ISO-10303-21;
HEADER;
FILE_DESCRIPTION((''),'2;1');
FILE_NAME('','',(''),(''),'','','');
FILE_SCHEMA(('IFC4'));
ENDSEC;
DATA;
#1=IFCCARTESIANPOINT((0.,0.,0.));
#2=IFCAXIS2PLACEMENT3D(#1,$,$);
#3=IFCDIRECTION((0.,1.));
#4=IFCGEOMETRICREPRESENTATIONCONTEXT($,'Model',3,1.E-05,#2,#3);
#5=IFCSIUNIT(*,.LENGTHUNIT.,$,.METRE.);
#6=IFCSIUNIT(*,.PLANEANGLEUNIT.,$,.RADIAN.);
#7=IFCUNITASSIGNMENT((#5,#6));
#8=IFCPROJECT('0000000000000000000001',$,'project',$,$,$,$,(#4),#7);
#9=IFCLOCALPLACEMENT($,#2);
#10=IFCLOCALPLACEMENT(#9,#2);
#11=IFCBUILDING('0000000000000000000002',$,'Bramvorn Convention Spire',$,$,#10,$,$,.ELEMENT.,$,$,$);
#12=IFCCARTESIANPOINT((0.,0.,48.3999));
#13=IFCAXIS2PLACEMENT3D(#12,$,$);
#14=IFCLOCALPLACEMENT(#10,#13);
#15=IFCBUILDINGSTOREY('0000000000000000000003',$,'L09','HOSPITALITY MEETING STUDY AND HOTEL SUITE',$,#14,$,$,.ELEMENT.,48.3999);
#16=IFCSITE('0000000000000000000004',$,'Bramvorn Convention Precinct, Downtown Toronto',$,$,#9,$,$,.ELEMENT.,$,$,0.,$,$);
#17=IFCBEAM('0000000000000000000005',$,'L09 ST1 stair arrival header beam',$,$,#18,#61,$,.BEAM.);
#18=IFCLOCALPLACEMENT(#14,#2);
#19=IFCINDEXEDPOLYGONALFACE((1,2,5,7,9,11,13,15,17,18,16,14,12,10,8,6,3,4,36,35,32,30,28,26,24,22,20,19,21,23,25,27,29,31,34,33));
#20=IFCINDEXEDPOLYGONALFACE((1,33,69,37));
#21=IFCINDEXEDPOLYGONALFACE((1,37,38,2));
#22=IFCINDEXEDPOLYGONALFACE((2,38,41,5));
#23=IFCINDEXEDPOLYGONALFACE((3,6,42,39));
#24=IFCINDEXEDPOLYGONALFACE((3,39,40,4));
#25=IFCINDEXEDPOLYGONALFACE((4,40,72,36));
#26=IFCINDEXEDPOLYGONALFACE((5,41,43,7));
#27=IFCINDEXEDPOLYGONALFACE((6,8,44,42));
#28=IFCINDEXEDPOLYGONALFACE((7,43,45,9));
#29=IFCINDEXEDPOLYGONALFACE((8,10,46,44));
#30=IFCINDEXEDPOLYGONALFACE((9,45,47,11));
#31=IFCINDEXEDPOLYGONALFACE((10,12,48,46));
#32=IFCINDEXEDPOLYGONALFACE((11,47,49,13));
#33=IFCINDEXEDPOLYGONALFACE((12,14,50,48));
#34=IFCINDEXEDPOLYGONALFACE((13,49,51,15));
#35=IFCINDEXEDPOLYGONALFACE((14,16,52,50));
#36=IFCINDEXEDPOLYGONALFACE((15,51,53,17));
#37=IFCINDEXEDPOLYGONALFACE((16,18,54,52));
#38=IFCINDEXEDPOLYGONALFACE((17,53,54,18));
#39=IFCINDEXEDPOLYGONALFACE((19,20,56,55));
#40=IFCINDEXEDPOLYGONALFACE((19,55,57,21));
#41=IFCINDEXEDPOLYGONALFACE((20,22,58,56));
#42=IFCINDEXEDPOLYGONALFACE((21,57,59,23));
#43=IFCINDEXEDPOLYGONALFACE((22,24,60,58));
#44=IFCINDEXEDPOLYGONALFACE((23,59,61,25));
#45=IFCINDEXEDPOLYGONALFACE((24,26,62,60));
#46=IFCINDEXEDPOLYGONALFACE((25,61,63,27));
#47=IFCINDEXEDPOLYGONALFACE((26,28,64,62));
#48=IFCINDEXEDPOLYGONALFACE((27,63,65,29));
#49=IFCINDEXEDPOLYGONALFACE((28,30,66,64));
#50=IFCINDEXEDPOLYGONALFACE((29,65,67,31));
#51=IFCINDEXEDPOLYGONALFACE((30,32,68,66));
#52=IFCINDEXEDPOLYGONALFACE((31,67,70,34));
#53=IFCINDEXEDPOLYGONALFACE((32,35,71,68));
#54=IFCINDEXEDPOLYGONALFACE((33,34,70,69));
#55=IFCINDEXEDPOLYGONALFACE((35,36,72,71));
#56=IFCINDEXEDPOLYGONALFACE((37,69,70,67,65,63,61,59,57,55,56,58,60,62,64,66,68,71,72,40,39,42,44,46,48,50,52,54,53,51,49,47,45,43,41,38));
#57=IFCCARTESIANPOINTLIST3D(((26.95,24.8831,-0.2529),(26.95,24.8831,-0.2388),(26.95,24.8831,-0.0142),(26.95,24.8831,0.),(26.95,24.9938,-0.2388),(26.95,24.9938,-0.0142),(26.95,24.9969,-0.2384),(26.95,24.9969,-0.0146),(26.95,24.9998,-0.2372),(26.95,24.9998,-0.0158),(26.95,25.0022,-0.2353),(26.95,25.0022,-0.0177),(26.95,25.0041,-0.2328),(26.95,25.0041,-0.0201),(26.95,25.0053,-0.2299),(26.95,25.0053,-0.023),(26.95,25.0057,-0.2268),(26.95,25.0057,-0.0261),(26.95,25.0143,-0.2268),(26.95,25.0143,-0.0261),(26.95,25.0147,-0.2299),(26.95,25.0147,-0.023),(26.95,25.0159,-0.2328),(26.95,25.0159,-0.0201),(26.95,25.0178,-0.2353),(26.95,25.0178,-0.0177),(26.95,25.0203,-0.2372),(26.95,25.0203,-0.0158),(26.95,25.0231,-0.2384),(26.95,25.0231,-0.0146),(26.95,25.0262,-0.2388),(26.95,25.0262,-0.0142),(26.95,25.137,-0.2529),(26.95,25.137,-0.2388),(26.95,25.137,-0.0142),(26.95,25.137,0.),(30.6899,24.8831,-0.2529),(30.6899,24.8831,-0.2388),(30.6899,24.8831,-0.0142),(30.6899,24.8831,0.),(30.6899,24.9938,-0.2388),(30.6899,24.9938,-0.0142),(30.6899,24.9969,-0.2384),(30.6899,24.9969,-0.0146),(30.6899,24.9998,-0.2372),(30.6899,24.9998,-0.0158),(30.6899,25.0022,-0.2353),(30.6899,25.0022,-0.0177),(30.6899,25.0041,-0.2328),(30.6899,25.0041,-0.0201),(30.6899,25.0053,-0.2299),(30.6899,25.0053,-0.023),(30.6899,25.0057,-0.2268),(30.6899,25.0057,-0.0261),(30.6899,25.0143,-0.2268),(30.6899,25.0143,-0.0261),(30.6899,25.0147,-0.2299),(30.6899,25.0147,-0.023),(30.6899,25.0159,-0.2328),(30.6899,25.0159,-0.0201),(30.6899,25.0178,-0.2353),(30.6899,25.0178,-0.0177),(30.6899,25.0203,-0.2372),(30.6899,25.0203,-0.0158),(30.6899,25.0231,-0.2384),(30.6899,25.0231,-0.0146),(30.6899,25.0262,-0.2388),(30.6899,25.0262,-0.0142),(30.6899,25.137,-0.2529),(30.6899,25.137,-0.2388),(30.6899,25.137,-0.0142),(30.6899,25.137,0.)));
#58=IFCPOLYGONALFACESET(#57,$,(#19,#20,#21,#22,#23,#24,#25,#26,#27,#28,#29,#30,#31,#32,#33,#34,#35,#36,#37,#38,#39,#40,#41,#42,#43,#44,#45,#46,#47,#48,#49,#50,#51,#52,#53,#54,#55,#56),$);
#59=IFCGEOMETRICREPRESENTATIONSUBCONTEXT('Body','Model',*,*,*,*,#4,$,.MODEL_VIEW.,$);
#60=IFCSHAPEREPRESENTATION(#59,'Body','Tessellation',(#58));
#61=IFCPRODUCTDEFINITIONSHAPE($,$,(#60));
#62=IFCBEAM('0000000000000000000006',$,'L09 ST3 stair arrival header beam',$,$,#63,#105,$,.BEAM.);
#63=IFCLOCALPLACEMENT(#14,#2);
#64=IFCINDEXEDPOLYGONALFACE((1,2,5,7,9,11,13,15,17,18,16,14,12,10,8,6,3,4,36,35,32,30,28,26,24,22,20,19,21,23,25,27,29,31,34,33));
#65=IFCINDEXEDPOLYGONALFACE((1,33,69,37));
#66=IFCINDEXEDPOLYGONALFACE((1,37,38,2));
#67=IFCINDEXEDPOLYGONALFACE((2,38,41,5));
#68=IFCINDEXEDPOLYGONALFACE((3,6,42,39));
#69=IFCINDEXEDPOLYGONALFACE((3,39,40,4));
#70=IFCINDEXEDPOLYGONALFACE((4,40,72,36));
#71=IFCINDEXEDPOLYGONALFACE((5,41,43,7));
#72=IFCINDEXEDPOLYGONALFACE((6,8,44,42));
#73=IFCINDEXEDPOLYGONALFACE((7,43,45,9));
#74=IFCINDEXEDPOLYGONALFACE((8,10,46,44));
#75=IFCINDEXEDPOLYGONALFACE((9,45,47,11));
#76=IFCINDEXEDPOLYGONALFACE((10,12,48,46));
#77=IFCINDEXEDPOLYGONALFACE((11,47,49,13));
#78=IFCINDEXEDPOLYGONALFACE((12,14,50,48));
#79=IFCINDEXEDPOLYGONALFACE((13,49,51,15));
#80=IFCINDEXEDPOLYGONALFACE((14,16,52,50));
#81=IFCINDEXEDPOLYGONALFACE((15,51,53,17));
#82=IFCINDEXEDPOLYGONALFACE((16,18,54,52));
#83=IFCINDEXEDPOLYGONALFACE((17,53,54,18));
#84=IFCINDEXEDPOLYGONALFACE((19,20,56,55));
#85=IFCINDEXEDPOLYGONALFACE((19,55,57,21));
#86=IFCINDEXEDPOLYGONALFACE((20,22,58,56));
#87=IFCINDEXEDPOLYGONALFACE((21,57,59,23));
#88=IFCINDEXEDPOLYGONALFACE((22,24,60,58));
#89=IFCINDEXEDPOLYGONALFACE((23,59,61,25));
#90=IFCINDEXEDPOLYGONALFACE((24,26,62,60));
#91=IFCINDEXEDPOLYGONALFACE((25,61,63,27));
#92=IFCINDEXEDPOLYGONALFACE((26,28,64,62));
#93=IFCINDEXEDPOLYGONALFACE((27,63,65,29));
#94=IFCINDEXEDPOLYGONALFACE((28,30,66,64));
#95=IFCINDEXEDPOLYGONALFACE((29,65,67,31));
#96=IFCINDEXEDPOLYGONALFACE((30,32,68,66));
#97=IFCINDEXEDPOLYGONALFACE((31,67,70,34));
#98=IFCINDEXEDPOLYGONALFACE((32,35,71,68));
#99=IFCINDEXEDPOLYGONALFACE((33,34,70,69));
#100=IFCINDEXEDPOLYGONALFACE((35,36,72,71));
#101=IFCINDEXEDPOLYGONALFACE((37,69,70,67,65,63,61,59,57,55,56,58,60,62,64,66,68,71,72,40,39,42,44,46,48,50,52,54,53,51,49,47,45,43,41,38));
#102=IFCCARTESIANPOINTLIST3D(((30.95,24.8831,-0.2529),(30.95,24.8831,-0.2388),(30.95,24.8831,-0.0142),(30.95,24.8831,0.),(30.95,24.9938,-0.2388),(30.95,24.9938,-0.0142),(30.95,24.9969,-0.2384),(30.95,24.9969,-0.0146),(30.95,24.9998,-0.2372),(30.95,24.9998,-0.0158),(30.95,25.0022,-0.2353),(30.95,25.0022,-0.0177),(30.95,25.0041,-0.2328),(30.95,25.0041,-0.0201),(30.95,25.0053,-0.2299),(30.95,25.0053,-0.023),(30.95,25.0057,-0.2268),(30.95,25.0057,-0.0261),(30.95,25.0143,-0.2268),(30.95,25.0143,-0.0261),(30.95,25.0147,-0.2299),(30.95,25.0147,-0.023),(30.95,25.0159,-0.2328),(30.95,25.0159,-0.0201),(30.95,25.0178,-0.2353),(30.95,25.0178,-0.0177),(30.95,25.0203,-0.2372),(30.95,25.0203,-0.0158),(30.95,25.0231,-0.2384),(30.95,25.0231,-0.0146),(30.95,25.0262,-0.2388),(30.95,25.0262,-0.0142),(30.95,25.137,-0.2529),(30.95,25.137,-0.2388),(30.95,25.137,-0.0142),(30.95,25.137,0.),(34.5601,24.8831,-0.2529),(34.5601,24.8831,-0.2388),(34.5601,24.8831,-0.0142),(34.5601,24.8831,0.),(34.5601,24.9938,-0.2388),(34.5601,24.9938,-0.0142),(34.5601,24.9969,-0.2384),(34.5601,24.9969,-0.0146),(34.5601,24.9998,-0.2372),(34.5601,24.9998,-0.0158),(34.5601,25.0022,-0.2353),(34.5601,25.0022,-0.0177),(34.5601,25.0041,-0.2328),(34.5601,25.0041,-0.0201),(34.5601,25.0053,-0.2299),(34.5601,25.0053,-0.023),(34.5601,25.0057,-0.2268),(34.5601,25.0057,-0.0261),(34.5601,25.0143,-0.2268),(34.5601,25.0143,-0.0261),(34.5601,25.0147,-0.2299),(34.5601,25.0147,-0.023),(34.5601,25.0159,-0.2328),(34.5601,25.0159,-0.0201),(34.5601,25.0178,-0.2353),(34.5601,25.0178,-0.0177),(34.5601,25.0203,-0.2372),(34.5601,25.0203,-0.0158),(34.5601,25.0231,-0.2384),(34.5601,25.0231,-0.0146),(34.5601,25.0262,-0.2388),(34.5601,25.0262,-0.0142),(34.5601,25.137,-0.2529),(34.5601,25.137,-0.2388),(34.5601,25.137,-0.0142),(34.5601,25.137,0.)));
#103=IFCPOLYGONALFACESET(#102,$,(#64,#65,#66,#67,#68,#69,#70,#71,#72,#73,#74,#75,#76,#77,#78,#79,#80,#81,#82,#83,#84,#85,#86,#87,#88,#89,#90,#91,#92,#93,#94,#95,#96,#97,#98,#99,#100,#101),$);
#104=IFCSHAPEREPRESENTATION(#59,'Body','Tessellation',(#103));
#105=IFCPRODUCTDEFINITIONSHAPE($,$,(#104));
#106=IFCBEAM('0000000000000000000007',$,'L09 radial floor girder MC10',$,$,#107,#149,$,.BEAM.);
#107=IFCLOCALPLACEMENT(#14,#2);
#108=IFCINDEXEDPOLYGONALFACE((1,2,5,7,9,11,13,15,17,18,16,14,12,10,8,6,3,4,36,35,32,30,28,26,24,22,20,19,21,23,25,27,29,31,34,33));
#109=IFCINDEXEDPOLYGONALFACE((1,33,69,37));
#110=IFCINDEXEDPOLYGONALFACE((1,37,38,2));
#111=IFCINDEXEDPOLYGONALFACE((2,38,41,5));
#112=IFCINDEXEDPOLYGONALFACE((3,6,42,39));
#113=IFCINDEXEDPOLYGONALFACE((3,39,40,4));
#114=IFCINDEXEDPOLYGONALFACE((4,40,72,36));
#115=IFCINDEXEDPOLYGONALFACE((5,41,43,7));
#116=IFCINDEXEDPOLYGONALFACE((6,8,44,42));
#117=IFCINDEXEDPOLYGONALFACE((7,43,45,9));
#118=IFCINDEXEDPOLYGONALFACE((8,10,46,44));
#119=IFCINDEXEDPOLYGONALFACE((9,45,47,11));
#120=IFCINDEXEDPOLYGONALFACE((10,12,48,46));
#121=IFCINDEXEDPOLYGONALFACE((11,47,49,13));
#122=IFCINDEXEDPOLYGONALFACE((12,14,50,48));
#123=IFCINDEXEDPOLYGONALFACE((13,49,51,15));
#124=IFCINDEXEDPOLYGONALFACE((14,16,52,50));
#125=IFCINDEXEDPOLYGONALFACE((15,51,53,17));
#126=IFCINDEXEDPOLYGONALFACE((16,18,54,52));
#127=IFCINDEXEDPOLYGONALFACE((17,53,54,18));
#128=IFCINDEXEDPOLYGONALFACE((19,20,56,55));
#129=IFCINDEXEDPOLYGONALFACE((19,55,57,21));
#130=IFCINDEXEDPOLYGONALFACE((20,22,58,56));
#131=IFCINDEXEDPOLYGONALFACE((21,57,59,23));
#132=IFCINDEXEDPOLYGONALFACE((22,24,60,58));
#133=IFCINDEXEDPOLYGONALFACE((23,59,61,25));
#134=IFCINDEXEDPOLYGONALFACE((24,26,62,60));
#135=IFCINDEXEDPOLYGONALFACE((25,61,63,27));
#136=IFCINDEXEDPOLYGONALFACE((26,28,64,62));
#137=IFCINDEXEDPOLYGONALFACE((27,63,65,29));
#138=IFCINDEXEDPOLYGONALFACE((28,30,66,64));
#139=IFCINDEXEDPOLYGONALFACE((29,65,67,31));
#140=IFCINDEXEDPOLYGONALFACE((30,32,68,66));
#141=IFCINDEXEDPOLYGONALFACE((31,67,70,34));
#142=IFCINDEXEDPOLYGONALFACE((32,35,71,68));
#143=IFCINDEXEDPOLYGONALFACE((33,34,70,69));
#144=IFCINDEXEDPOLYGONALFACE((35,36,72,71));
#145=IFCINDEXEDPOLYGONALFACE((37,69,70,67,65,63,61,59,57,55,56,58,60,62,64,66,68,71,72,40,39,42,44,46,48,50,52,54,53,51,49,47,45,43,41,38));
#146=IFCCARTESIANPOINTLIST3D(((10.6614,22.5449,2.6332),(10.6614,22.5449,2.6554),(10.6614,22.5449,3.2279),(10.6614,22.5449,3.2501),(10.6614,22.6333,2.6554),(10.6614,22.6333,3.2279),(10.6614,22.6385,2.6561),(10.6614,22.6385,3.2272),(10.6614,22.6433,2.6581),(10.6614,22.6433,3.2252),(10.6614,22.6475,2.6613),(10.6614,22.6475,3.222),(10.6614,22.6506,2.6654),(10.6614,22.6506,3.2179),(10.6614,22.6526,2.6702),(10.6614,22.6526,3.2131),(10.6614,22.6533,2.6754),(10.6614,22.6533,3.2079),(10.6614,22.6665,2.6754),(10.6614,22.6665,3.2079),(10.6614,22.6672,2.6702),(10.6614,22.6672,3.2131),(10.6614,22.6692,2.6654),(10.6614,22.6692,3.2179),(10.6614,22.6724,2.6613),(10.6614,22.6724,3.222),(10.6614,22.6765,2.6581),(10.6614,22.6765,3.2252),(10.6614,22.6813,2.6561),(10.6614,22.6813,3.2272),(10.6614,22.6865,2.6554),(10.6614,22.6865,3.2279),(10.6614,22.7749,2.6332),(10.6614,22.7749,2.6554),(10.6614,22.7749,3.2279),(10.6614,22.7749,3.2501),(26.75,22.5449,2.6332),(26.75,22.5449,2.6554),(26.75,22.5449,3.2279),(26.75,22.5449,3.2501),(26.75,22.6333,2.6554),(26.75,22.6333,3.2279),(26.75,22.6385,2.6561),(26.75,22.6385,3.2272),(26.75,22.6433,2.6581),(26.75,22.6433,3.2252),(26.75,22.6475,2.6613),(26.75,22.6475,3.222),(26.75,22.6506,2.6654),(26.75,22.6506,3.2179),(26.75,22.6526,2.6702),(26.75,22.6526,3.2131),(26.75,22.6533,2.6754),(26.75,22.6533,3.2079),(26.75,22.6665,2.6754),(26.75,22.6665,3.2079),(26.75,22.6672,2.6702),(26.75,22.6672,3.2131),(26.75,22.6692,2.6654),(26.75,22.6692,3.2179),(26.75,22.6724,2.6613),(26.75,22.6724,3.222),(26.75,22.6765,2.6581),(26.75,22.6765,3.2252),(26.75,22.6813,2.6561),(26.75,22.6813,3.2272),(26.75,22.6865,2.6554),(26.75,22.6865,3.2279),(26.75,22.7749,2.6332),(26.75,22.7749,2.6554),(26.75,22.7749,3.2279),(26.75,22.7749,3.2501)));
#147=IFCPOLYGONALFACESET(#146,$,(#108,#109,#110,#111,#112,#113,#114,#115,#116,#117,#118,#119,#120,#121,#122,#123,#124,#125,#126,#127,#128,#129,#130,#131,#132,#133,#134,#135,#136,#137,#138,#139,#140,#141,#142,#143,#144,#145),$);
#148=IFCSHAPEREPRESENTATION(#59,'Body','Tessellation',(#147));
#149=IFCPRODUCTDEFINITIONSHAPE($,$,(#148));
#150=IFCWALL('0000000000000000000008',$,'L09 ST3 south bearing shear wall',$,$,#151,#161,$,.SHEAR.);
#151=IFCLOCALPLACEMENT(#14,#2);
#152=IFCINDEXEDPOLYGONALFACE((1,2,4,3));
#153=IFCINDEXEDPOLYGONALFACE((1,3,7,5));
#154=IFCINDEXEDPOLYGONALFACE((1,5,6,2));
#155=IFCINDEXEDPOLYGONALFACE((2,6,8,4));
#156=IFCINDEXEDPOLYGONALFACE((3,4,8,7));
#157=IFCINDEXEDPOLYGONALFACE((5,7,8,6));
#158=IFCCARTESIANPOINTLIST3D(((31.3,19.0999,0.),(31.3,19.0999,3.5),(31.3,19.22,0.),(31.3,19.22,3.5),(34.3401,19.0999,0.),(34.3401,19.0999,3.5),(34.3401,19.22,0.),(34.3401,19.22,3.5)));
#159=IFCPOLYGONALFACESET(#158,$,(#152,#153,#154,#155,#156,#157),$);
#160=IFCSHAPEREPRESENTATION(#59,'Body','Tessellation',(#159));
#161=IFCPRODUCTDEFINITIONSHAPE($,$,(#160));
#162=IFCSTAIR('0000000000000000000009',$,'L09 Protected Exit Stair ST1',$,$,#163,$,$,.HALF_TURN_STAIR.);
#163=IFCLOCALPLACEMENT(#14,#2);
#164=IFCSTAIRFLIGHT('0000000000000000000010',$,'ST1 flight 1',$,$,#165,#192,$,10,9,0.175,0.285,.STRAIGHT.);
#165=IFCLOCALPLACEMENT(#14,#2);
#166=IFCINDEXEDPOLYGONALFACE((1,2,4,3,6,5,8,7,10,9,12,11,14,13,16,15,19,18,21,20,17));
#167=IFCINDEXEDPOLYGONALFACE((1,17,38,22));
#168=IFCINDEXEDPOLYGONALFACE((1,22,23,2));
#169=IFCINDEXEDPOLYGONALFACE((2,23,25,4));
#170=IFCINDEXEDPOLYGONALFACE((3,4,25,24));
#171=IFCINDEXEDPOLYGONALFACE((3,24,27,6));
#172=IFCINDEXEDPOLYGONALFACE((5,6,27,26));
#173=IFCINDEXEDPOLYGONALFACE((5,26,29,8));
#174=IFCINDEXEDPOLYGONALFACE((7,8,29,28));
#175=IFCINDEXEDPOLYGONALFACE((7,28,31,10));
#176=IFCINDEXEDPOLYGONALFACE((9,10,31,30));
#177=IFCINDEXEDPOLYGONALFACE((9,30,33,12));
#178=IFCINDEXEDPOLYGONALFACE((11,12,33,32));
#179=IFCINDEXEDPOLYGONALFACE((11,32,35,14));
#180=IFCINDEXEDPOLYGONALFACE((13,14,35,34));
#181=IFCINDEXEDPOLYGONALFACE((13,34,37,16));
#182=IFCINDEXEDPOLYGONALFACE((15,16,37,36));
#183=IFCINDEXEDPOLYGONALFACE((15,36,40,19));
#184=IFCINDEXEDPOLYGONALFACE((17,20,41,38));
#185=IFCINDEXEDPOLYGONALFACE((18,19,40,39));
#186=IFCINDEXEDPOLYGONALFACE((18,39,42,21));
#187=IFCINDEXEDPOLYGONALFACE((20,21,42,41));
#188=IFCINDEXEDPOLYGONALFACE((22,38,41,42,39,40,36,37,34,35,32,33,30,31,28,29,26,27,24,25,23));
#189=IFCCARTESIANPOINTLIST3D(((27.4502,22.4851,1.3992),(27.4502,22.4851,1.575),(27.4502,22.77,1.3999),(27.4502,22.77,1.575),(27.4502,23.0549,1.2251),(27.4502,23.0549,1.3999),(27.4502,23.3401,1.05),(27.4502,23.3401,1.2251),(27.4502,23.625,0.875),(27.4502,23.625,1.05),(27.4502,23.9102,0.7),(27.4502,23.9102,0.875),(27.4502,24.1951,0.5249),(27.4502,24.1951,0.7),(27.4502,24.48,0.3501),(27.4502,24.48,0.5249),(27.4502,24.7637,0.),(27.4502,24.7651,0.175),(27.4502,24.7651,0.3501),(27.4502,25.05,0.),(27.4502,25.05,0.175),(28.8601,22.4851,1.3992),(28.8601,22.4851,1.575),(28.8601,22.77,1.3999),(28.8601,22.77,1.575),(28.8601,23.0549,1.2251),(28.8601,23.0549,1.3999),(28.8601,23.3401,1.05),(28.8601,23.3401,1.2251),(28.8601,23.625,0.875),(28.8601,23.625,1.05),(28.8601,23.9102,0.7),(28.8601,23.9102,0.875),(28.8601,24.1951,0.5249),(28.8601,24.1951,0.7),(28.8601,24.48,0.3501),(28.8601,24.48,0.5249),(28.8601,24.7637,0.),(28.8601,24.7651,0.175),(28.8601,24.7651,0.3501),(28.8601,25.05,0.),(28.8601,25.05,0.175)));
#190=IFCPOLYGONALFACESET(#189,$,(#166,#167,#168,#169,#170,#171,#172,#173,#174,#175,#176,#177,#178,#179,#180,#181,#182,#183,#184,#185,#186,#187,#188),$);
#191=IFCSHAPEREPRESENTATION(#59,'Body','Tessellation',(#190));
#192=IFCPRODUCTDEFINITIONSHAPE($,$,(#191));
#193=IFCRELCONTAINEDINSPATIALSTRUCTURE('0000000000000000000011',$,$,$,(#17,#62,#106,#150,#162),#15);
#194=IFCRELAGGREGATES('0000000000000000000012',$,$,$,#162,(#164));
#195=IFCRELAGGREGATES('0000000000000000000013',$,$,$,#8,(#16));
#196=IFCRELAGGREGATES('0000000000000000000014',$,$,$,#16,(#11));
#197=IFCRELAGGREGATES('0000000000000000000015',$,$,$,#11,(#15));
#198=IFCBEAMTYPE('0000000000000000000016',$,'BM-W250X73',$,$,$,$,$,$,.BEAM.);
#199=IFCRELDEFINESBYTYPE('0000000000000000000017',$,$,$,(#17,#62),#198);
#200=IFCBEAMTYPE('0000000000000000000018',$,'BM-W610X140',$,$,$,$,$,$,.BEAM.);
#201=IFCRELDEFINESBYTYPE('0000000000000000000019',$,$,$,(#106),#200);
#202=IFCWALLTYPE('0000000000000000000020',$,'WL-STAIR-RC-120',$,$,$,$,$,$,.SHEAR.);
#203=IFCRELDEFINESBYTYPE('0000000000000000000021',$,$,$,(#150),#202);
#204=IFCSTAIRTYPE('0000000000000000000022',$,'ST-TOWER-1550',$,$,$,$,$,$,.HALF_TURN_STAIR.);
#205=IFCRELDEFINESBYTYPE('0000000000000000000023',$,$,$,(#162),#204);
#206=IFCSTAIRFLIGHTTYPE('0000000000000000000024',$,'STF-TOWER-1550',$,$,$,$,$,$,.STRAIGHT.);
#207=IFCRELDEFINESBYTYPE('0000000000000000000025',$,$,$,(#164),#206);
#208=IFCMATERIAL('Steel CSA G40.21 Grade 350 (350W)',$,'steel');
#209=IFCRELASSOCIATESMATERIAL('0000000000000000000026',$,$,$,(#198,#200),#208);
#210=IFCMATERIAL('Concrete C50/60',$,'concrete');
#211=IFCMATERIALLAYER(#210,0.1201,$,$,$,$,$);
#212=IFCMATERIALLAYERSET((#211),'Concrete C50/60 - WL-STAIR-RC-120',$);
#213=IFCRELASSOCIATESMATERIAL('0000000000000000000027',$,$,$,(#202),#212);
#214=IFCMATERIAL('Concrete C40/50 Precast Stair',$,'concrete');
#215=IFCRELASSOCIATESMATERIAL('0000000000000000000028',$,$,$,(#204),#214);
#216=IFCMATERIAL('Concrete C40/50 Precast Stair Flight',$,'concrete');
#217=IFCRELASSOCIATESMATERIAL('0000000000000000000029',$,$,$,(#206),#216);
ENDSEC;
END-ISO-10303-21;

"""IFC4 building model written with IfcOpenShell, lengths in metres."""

from ifc_helpers import new_model, si_unit, direction, frame, frame_2d, origin, origin_2d, place, context, subcontext, project, spatial, polyline, rectangle, i_section, outline, extrude, material, layer, layer_set, material_profile, profile_set, type_object, element, aggregate, save


model = new_model("IFC4")

# Units and contexts
model_context = context("Model", 3, precision=1e-05, world=origin(), true_north=direction((0.0, 1.0)))
body_context = subcontext(model_context, "Body", "Model", "MODEL_VIEW")
ifc_project = project(units=[si_unit("LENGTHUNIT", "METRE"), si_unit("PLANEANGLEUNIT", "RADIAN")], contexts=[model_context])

# Site, building, storey
site_placement = place(None, origin())
site = spatial("IfcSite", under=ifc_project, at=site_placement, Name="Bramvorn Convention Precinct, Downtown Toronto", CompositionType="ELEMENT", RefElevation=0.0)
building_placement = place(site_placement, origin())
building = spatial("IfcBuilding", under=site, at=building_placement, Name="Bramvorn Convention Spire", CompositionType="ELEMENT")
storey_placement = place(building_placement, frame((0.0, 0.0, 48.3999)))
storey = spatial("IfcBuildingStorey", under=building, at=storey_placement, Name="L09", Description="HOSPITALITY MEETING STUDY AND HOTEL SUITE", CompositionType="ELEMENT", Elevation=48.3999)

# Beams
ifc_material_1 = material(Name="Steel CSA G40.21 Grade 350 (350W)", Category="steel")
ifc_material_profile_1 = material_profile(ifc_material_1, i_section(OverallWidth=0.2539, OverallDepth=0.2529, WebThickness=0.0085, FlangeThickness=0.0142, FilletRadius=0.012, at=origin_2d()))
ifc_profile_set_1 = profile_set([ifc_material_profile_1], Name="Steel CSA G40.21 Grade 350 (350W) - W250X73")
beam_type_1 = type_object("IfcBeamType", Name="BM-W250X73", PredefinedType="BEAM", material=ifc_profile_set_1)
beam_1_placement = place(storey_placement, frame((26.95, 25.01, -0.1265), z_axis=(1.0, 0.0, 0.0), x_axis=(0.0, 1.0, 0.0)))
element("IfcBeam", 1, at=beam_1_placement, inside=storey, type_object=beam_type_1, Name="L09 ST1 stair arrival header beam", PredefinedType="BEAM", context=body_context, shape_type="SweptSolid", body=[
    extrude(i_section(OverallWidth=0.2539, OverallDepth=0.2529, WebThickness=0.0085, FlangeThickness=0.0142, FilletRadius=0.012, at=origin_2d()), origin(), (0.0, 0.0, 1.0), 3.74),
])
beam_2_placement = place(storey_placement, frame((30.95, 25.01, -0.1265), z_axis=(1.0, 0.0, 0.0), x_axis=(0.0, 1.0, 0.0)))
element("IfcBeam", 2, at=beam_2_placement, inside=storey, type_object=beam_type_1, Name="L09 ST3 stair arrival header beam", PredefinedType="BEAM", context=body_context, shape_type="SweptSolid", body=[
    extrude(i_section(OverallWidth=0.2539, OverallDepth=0.2529, WebThickness=0.0085, FlangeThickness=0.0142, FilletRadius=0.012, at=origin_2d()), origin(), (0.0, 0.0, 1.0), 3.6101),
])
ifc_material_profile_2 = material_profile(ifc_material_1, i_section(OverallWidth=0.23, OverallDepth=0.6169, WebThickness=0.0132, FlangeThickness=0.0222, FilletRadius=0.02, at=origin_2d()))
ifc_profile_set_2 = profile_set([ifc_material_profile_2], Name="Steel CSA G40.21 Grade 350 (350W) - W610X140")
beam_type_2 = type_object("IfcBeamType", Name="BM-W610X140", PredefinedType="BEAM", material=ifc_profile_set_2)
beam_3_placement = place(storey_placement, frame((26.75, 22.6599, 2.9417), z_axis=(-1.0, 0.0, 0.0), x_axis=(0.0, -1.0, 0.0)))
element("IfcBeam", 3, at=beam_3_placement, inside=storey, type_object=beam_type_2, Name="L09 radial floor girder MC10", PredefinedType="BEAM", context=body_context, shape_type="SweptSolid", body=[
    extrude(i_section(OverallWidth=0.23, OverallDepth=0.6169, WebThickness=0.0132, FlangeThickness=0.0222, FilletRadius=0.02, at=origin_2d()), origin(), (0.0, 0.0, 1.0), 16.0886),
])

# Wall
ifc_material_2 = material(Name="Concrete C50/60", Category="concrete")
ifc_layer_1 = layer(ifc_material_2, 0.1201)
ifc_layer_set_1 = layer_set([ifc_layer_1], Name="Concrete C50/60 - WL-STAIR-RC-120")
wall_type_1 = type_object("IfcWallType", Name="WL-STAIR-RC-120", PredefinedType="SHEAR", material=ifc_layer_set_1)
wall_1_placement = place(storey_placement, frame((31.3, 19.1599, 0.0), z_axis=(0.0, 0.0, 1.0), x_axis=(1.0, 0.0, 0.0)))
element("IfcWall", 4, at=wall_1_placement, inside=storey, type_object=wall_type_1, Name="L09 ST3 south bearing shear wall", PredefinedType="SHEAR", context=body_context, shape_type="SweptSolid", body=[
    extrude(rectangle(XDim=3.04, YDim=0.1201, at=frame_2d((1.52, 0.0))), origin(), (0.0, 0.0, 1.0), 3.5),
])

# Stair, stair flight
ifc_material_3 = material(Name="Concrete C40/50 Precast Stair", Category="concrete")
stair_type = type_object("IfcStairType", Name="ST-TOWER-1550", PredefinedType="HALF_TURN_STAIR", material=ifc_material_3)
stair_1_placement = place(storey_placement, origin())
stair_1 = element("IfcStair", 5, at=stair_1_placement, inside=storey, type_object=stair_type, Name="L09 Protected Exit Stair ST1", PredefinedType="HALF_TURN_STAIR")
ifc_material_4 = material(Name="Concrete C40/50 Precast Stair Flight", Category="concrete")
stair_flight_type = type_object("IfcStairFlightType", Name="STF-TOWER-1550", PredefinedType="STRAIGHT", material=ifc_material_4)
stair_flight_1_placement = place(storey_placement, frame((28.155, 25.05, 0.0), z_axis=(0.0, 0.0, 1.0), x_axis=(0.0, -1.0, 0.0)))
stair_flight_1 = element("IfcStairFlight", 6, at=stair_flight_1_placement, type_object=stair_flight_type, Name="ST1 flight 1", NumberOfRisers=10, NumberOfTreads=9, PredefinedType="STRAIGHT", RiserHeight=0.175, TreadLength=0.285, context=body_context, shape_type="SweptSolid", body=[
    extrude(outline(polyline([(0.0, 0.0), (0.0, 0.175), (0.2849, 0.175), (0.2849, 0.3501), (0.5701, 0.3501), (0.5701, 0.5249), (0.855, 0.5249), (0.855, 0.7), (1.1399, 0.7), (1.1399, 0.875), (1.425, 0.875), (1.425, 1.05), (1.71, 1.05), (1.71, 1.2251), (1.9951, 1.2251), (1.9951, 1.3999), (2.28, 1.3999), (2.28, 1.575), (2.5649, 1.575), (2.5649, 1.75), (2.5649, 1.3992), (0.2864, 0.0), (0.0, 0.0)])), frame((0.0, 0.7051, 0.0), z_axis=(0.0, -1.0, 0.0), x_axis=(1.0, 0.0, 0.0)), (0.0, 0.0, 1.0), 1.4099),
])
aggregate(stair_1, [stair_flight_1])

save(model, "model.ifc")
